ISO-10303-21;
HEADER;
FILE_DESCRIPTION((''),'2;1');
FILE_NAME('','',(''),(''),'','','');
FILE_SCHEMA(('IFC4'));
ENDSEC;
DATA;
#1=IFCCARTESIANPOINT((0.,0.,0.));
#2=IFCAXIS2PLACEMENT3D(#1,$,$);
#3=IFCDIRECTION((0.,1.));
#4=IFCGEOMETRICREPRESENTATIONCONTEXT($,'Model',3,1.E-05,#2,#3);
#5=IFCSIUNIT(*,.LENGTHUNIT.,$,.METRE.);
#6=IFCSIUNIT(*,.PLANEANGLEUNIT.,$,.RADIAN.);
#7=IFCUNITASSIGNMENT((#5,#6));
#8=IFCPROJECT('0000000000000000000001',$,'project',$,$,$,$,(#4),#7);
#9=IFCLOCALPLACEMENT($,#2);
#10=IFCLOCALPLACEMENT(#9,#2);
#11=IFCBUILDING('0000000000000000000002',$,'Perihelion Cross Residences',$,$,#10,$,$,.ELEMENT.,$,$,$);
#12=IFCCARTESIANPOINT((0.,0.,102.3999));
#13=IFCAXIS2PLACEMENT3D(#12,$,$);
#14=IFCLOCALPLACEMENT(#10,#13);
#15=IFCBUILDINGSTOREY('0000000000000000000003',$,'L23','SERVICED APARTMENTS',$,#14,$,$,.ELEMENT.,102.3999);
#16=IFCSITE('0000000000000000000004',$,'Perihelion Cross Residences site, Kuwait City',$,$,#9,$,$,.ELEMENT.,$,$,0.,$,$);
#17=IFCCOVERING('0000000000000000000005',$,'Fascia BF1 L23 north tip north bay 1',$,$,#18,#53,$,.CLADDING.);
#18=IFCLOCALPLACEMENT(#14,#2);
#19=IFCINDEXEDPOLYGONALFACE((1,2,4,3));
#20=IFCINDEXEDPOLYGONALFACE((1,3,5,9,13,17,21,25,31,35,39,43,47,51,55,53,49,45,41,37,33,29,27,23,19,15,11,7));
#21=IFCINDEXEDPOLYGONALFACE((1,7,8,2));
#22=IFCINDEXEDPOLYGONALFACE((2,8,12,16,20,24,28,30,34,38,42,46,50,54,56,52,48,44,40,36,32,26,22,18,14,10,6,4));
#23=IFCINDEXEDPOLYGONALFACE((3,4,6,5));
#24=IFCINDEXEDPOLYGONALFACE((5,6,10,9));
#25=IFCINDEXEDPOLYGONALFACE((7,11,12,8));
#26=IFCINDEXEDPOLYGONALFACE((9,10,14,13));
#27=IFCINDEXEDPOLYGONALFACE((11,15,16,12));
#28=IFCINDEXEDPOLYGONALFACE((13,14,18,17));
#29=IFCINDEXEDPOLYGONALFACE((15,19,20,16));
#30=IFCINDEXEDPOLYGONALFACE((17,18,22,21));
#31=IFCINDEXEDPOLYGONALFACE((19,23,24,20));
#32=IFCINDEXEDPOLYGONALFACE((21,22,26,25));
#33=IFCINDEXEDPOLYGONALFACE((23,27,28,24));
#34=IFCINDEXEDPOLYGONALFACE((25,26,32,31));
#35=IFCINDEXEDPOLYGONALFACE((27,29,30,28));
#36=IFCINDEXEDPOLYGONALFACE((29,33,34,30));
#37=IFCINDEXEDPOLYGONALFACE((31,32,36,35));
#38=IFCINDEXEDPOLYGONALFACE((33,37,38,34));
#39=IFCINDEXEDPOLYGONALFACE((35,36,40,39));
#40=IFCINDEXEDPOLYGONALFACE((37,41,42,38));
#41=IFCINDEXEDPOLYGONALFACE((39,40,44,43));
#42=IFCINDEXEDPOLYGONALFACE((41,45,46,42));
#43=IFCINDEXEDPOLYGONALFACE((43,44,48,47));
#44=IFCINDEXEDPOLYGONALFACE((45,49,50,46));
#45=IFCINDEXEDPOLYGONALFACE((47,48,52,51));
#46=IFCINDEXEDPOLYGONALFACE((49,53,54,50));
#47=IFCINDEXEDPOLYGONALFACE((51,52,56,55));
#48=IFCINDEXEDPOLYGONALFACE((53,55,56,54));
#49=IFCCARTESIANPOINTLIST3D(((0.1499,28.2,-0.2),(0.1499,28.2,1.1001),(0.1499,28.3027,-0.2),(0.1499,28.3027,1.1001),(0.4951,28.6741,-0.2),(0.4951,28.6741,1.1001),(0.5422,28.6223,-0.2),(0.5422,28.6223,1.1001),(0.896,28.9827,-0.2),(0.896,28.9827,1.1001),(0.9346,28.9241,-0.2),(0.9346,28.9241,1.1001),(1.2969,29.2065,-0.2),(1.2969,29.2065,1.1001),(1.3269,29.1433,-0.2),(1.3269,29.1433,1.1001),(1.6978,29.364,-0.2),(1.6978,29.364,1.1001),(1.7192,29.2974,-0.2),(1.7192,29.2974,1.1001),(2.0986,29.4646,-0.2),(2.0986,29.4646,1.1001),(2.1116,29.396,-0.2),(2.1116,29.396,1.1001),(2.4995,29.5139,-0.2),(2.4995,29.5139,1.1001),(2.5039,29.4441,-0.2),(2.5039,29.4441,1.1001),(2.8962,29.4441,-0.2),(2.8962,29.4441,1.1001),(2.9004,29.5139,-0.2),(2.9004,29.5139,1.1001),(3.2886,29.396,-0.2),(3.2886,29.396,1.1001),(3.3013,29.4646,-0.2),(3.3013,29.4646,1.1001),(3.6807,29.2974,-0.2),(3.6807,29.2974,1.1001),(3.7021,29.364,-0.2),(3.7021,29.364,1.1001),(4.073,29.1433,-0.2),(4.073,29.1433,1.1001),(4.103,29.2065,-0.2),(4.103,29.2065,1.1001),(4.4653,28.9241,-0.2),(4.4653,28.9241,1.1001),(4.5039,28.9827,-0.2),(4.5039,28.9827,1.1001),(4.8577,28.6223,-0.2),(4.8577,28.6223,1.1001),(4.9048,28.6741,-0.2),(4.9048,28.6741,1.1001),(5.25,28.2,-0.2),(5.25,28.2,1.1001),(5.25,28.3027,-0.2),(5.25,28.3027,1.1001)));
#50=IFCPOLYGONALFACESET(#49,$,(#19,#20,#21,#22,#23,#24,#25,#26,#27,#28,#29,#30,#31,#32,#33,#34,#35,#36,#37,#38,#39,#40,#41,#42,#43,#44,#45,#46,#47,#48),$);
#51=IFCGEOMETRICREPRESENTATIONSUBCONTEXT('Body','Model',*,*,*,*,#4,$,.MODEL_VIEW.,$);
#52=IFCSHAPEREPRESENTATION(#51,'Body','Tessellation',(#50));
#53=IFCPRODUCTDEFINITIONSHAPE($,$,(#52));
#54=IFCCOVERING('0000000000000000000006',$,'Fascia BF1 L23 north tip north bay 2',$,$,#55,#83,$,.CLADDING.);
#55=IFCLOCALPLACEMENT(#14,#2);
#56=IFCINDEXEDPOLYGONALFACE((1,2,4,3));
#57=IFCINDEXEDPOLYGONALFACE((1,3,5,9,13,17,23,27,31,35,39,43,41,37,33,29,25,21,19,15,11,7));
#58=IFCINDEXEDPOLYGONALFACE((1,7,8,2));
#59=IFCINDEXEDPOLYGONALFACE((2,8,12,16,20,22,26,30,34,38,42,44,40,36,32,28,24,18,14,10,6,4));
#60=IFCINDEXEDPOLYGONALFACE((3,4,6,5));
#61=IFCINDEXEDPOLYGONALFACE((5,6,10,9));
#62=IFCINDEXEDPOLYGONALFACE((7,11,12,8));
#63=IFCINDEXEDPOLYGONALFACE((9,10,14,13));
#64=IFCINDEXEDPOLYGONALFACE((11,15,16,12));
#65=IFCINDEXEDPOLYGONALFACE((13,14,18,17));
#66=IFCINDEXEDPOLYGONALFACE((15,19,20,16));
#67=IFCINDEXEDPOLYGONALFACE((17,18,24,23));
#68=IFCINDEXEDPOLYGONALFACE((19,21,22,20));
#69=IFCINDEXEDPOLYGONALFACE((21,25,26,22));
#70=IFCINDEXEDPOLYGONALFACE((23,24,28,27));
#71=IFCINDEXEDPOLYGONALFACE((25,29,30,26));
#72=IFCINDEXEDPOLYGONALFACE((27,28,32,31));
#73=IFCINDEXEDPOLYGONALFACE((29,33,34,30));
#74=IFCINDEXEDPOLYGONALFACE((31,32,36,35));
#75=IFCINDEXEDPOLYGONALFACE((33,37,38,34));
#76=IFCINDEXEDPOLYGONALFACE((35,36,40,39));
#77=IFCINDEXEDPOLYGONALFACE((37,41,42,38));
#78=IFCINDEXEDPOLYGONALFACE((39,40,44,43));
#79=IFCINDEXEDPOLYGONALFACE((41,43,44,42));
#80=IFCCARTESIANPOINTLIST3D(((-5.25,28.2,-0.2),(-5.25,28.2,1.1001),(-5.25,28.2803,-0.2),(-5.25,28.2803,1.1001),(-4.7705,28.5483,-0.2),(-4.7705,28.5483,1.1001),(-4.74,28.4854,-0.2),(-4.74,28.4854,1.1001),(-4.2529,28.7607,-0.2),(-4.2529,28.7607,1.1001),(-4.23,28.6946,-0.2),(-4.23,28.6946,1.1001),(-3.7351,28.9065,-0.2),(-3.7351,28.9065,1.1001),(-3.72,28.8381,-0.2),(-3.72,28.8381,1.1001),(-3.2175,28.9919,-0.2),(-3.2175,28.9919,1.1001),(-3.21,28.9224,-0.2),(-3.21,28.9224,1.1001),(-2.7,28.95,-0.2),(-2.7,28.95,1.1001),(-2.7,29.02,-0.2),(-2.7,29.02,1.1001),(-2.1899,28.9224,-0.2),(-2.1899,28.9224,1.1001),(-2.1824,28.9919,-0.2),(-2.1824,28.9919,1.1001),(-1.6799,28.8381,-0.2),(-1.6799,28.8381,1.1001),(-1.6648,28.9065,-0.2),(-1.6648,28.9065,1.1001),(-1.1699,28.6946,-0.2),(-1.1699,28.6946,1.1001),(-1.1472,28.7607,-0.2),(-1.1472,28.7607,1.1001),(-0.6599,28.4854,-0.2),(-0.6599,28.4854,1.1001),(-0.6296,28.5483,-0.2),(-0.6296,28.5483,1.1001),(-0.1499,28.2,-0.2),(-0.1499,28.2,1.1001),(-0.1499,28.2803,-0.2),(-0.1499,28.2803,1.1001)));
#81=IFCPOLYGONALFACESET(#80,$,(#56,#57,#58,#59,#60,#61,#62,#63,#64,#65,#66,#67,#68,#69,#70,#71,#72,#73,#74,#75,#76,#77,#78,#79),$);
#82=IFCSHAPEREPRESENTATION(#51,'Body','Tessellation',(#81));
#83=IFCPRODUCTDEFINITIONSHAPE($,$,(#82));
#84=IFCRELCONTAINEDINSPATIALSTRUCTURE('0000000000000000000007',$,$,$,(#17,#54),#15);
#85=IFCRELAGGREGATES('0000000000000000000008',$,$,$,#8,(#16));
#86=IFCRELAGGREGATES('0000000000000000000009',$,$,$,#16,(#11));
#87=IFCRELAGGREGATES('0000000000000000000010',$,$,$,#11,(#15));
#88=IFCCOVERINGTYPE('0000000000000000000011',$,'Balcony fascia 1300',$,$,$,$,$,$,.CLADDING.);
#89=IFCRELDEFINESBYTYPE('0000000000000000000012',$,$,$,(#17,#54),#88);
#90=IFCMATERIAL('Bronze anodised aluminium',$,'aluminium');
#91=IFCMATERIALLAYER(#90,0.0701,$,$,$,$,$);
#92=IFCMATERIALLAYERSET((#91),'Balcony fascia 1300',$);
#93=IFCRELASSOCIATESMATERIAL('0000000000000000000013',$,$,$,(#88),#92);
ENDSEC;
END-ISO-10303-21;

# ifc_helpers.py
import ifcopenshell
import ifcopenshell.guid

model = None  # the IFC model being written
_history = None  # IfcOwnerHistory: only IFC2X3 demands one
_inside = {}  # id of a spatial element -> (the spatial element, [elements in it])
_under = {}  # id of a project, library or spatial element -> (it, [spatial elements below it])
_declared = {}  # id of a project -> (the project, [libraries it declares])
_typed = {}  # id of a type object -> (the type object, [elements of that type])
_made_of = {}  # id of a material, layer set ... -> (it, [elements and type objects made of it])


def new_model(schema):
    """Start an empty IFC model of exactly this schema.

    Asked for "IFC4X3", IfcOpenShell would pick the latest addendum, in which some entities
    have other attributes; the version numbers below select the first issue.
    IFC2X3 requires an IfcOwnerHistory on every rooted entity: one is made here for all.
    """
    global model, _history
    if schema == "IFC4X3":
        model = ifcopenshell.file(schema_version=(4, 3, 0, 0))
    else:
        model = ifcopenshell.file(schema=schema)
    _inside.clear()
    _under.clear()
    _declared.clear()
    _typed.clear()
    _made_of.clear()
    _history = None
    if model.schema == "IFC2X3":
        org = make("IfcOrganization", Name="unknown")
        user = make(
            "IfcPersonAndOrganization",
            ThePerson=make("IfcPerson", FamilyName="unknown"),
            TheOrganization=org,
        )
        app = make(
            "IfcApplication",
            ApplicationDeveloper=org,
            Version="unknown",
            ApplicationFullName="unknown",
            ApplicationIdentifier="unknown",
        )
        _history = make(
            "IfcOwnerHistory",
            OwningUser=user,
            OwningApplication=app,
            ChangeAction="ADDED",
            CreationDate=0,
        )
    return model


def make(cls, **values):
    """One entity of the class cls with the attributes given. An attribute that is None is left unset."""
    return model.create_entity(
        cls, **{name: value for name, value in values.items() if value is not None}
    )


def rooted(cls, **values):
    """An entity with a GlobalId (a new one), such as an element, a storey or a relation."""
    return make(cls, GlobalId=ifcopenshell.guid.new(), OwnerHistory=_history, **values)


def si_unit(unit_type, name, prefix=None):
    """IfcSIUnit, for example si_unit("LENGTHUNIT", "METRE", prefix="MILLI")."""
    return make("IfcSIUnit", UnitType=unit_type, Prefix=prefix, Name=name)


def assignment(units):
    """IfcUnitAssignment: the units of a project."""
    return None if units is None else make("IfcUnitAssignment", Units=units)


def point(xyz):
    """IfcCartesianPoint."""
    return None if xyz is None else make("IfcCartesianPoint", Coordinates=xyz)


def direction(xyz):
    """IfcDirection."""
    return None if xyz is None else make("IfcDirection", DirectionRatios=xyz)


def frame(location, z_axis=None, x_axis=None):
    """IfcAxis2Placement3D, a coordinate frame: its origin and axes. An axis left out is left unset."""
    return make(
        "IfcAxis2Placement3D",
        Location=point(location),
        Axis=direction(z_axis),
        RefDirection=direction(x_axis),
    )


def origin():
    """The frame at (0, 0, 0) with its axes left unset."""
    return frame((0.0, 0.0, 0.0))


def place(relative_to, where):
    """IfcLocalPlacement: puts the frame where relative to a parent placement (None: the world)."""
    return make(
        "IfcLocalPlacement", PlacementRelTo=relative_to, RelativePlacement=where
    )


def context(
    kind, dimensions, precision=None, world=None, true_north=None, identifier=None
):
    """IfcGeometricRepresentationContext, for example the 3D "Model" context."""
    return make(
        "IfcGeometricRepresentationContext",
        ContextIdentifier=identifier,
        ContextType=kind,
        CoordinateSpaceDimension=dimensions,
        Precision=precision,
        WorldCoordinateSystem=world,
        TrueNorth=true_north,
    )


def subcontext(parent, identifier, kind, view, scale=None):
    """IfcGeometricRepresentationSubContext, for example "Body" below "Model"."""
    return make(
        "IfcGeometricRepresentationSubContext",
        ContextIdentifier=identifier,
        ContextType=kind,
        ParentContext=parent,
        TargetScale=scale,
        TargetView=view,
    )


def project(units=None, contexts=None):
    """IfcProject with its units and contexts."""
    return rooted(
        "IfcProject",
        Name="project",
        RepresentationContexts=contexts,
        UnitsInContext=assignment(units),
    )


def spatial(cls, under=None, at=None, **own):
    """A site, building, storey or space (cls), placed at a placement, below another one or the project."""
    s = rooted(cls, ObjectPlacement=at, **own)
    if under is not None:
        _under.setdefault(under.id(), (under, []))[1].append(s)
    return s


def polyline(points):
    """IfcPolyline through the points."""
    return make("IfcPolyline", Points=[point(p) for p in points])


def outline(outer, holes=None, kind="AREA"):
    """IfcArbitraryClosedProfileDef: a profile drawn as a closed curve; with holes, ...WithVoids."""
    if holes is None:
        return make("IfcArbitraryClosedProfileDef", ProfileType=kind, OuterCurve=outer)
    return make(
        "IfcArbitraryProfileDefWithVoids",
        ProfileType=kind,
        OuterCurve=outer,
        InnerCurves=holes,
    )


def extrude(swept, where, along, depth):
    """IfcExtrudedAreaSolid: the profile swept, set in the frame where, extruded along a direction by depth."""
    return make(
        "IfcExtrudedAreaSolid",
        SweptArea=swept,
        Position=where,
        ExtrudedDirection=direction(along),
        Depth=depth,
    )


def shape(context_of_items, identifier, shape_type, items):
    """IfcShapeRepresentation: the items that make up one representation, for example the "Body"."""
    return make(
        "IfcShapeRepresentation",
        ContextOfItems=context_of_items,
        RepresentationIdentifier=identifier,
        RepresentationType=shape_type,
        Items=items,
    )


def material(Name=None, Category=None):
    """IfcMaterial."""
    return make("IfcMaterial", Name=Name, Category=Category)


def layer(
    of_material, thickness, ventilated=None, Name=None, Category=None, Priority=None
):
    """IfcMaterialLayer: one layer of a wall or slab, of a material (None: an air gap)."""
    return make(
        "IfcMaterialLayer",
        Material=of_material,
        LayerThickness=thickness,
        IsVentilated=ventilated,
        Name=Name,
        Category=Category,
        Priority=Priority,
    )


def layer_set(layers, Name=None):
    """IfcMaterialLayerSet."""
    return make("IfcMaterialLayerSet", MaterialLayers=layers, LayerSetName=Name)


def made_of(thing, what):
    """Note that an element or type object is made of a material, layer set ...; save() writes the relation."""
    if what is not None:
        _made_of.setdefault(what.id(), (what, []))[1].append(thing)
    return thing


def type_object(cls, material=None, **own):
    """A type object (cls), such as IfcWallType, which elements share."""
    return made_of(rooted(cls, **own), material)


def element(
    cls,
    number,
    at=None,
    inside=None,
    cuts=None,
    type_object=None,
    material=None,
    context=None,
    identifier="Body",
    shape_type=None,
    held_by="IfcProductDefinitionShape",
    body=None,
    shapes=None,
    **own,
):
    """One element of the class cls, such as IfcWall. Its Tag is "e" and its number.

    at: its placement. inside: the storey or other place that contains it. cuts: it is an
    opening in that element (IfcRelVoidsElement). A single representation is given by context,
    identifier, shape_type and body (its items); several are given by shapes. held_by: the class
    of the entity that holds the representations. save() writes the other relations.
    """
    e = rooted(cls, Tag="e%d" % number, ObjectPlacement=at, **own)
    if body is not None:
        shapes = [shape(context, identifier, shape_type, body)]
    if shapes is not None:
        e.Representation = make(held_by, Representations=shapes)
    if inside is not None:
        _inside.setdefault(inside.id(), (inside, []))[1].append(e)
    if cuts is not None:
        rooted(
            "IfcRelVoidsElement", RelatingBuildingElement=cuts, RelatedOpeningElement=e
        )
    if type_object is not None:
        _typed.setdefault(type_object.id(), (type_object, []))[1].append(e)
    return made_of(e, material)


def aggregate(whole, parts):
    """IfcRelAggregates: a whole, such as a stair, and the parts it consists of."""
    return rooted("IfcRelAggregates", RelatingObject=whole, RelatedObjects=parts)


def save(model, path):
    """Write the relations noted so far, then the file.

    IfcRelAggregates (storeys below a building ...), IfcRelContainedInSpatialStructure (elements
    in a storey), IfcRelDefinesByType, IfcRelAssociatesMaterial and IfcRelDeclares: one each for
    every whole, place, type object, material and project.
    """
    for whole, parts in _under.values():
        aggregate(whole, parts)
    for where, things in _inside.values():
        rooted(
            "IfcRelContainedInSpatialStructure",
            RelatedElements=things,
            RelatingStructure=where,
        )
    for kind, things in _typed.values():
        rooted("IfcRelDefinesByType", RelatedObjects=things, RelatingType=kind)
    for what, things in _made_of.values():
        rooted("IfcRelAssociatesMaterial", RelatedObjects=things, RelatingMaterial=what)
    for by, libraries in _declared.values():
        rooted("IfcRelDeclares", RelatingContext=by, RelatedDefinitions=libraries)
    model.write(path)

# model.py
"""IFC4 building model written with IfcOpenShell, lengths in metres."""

from ifc_helpers import new_model, si_unit, direction, frame, origin, place, context, subcontext, project, spatial, polyline, outline, extrude, material, layer, layer_set, type_object, element, save


model = new_model("IFC4")

# Units and contexts
model_context = context("Model", 3, precision=1e-05, world=origin(), true_north=direction((0.0, 1.0)))
body_context = subcontext(model_context, "Body", "Model", "MODEL_VIEW")
ifc_project = project(units=[si_unit("LENGTHUNIT", "METRE"), si_unit("PLANEANGLEUNIT", "RADIAN")], contexts=[model_context])

# Site, building, storey
site_placement = place(None, origin())
site = spatial("IfcSite", under=ifc_project, at=site_placement, Name="Perihelion Cross Residences site, Kuwait City", CompositionType="ELEMENT", RefElevation=0.0)
building_placement = place(site_placement, origin())
building = spatial("IfcBuilding", under=site, at=building_placement, Name="Perihelion Cross Residences", CompositionType="ELEMENT")
storey_placement = place(building_placement, frame((0.0, 0.0, 102.3999)))
storey = spatial("IfcBuildingStorey", under=building, at=storey_placement, Name="L23", Description="SERVICED APARTMENTS", CompositionType="ELEMENT", Elevation=102.3999)

# Coverings
ifc_material_1 = material(Name="Bronze anodised aluminium", Category="aluminium")
ifc_layer_1 = layer(ifc_material_1, 0.0701)
ifc_layer_set_1 = layer_set([ifc_layer_1], Name="Balcony fascia 1300")
covering_type = type_object("IfcCoveringType", Name="Balcony fascia 1300", PredefinedType="CLADDING", material=ifc_layer_set_1)
covering_1_placement = place(storey_placement, frame((0.0, 0.0, -0.2)))
element("IfcCovering", 1, at=covering_1_placement, inside=storey, type_object=covering_type, Name="Fascia BF1 L23 north tip north bay 1", PredefinedType="CLADDING", context=body_context, shape_type="SweptSolid", body=[
    extrude(outline(polyline([(4.9048, 28.6741), (4.5039, 28.9827), (4.103, 29.2065), (3.7021, 29.364), (3.3013, 29.4646), (2.9004, 29.5139), (2.4995, 29.5139), (2.0986, 29.4646), (1.6978, 29.364), (1.2969, 29.2065), (0.896, 28.9827), (0.4951, 28.6741), (0.1499, 28.3027), (0.1499, 28.2), (0.5422, 28.6223), (0.9346, 28.9241), (1.3269, 29.1433), (1.7192, 29.2974), (2.1116, 29.396), (2.5039, 29.4441), (2.8962, 29.4441), (3.2886, 29.396), (3.6807, 29.2974), (4.073, 29.1433), (4.4653, 28.9241), (4.8577, 28.6223), (5.25, 28.2), (5.25, 28.3027), (4.9048, 28.6741)])), origin(), (0.0, 0.0, 1.0), 1.3),
])
covering_2_placement = place(storey_placement, frame((0.0, 0.0, -0.2)))
element("IfcCovering", 2, at=covering_2_placement, inside=storey, type_object=covering_type, Name="Fascia BF1 L23 north tip north bay 2", PredefinedType="CLADDING", context=body_context, shape_type="SweptSolid", body=[
    extrude(outline(polyline([(-0.6296, 28.5483), (-1.1472, 28.7607), (-1.6648, 28.9065), (-2.1824, 28.9919), (-2.7, 29.02), (-3.2175, 28.9919), (-3.7351, 28.9065), (-4.2529, 28.7607), (-4.7705, 28.5483), (-5.25, 28.2803), (-5.25, 28.2), (-4.74, 28.4854), (-4.23, 28.6946), (-3.72, 28.8381), (-3.21, 28.9224), (-2.7, 28.95), (-2.1899, 28.9224), (-1.6799, 28.8381), (-1.1699, 28.6946), (-0.6599, 28.4854), (-0.1499, 28.2), (-0.1499, 28.2803), (-0.6296, 28.5483)])), origin(), (0.0, 0.0, 1.0), 1.3),
])

save(model, "model.ifc")
